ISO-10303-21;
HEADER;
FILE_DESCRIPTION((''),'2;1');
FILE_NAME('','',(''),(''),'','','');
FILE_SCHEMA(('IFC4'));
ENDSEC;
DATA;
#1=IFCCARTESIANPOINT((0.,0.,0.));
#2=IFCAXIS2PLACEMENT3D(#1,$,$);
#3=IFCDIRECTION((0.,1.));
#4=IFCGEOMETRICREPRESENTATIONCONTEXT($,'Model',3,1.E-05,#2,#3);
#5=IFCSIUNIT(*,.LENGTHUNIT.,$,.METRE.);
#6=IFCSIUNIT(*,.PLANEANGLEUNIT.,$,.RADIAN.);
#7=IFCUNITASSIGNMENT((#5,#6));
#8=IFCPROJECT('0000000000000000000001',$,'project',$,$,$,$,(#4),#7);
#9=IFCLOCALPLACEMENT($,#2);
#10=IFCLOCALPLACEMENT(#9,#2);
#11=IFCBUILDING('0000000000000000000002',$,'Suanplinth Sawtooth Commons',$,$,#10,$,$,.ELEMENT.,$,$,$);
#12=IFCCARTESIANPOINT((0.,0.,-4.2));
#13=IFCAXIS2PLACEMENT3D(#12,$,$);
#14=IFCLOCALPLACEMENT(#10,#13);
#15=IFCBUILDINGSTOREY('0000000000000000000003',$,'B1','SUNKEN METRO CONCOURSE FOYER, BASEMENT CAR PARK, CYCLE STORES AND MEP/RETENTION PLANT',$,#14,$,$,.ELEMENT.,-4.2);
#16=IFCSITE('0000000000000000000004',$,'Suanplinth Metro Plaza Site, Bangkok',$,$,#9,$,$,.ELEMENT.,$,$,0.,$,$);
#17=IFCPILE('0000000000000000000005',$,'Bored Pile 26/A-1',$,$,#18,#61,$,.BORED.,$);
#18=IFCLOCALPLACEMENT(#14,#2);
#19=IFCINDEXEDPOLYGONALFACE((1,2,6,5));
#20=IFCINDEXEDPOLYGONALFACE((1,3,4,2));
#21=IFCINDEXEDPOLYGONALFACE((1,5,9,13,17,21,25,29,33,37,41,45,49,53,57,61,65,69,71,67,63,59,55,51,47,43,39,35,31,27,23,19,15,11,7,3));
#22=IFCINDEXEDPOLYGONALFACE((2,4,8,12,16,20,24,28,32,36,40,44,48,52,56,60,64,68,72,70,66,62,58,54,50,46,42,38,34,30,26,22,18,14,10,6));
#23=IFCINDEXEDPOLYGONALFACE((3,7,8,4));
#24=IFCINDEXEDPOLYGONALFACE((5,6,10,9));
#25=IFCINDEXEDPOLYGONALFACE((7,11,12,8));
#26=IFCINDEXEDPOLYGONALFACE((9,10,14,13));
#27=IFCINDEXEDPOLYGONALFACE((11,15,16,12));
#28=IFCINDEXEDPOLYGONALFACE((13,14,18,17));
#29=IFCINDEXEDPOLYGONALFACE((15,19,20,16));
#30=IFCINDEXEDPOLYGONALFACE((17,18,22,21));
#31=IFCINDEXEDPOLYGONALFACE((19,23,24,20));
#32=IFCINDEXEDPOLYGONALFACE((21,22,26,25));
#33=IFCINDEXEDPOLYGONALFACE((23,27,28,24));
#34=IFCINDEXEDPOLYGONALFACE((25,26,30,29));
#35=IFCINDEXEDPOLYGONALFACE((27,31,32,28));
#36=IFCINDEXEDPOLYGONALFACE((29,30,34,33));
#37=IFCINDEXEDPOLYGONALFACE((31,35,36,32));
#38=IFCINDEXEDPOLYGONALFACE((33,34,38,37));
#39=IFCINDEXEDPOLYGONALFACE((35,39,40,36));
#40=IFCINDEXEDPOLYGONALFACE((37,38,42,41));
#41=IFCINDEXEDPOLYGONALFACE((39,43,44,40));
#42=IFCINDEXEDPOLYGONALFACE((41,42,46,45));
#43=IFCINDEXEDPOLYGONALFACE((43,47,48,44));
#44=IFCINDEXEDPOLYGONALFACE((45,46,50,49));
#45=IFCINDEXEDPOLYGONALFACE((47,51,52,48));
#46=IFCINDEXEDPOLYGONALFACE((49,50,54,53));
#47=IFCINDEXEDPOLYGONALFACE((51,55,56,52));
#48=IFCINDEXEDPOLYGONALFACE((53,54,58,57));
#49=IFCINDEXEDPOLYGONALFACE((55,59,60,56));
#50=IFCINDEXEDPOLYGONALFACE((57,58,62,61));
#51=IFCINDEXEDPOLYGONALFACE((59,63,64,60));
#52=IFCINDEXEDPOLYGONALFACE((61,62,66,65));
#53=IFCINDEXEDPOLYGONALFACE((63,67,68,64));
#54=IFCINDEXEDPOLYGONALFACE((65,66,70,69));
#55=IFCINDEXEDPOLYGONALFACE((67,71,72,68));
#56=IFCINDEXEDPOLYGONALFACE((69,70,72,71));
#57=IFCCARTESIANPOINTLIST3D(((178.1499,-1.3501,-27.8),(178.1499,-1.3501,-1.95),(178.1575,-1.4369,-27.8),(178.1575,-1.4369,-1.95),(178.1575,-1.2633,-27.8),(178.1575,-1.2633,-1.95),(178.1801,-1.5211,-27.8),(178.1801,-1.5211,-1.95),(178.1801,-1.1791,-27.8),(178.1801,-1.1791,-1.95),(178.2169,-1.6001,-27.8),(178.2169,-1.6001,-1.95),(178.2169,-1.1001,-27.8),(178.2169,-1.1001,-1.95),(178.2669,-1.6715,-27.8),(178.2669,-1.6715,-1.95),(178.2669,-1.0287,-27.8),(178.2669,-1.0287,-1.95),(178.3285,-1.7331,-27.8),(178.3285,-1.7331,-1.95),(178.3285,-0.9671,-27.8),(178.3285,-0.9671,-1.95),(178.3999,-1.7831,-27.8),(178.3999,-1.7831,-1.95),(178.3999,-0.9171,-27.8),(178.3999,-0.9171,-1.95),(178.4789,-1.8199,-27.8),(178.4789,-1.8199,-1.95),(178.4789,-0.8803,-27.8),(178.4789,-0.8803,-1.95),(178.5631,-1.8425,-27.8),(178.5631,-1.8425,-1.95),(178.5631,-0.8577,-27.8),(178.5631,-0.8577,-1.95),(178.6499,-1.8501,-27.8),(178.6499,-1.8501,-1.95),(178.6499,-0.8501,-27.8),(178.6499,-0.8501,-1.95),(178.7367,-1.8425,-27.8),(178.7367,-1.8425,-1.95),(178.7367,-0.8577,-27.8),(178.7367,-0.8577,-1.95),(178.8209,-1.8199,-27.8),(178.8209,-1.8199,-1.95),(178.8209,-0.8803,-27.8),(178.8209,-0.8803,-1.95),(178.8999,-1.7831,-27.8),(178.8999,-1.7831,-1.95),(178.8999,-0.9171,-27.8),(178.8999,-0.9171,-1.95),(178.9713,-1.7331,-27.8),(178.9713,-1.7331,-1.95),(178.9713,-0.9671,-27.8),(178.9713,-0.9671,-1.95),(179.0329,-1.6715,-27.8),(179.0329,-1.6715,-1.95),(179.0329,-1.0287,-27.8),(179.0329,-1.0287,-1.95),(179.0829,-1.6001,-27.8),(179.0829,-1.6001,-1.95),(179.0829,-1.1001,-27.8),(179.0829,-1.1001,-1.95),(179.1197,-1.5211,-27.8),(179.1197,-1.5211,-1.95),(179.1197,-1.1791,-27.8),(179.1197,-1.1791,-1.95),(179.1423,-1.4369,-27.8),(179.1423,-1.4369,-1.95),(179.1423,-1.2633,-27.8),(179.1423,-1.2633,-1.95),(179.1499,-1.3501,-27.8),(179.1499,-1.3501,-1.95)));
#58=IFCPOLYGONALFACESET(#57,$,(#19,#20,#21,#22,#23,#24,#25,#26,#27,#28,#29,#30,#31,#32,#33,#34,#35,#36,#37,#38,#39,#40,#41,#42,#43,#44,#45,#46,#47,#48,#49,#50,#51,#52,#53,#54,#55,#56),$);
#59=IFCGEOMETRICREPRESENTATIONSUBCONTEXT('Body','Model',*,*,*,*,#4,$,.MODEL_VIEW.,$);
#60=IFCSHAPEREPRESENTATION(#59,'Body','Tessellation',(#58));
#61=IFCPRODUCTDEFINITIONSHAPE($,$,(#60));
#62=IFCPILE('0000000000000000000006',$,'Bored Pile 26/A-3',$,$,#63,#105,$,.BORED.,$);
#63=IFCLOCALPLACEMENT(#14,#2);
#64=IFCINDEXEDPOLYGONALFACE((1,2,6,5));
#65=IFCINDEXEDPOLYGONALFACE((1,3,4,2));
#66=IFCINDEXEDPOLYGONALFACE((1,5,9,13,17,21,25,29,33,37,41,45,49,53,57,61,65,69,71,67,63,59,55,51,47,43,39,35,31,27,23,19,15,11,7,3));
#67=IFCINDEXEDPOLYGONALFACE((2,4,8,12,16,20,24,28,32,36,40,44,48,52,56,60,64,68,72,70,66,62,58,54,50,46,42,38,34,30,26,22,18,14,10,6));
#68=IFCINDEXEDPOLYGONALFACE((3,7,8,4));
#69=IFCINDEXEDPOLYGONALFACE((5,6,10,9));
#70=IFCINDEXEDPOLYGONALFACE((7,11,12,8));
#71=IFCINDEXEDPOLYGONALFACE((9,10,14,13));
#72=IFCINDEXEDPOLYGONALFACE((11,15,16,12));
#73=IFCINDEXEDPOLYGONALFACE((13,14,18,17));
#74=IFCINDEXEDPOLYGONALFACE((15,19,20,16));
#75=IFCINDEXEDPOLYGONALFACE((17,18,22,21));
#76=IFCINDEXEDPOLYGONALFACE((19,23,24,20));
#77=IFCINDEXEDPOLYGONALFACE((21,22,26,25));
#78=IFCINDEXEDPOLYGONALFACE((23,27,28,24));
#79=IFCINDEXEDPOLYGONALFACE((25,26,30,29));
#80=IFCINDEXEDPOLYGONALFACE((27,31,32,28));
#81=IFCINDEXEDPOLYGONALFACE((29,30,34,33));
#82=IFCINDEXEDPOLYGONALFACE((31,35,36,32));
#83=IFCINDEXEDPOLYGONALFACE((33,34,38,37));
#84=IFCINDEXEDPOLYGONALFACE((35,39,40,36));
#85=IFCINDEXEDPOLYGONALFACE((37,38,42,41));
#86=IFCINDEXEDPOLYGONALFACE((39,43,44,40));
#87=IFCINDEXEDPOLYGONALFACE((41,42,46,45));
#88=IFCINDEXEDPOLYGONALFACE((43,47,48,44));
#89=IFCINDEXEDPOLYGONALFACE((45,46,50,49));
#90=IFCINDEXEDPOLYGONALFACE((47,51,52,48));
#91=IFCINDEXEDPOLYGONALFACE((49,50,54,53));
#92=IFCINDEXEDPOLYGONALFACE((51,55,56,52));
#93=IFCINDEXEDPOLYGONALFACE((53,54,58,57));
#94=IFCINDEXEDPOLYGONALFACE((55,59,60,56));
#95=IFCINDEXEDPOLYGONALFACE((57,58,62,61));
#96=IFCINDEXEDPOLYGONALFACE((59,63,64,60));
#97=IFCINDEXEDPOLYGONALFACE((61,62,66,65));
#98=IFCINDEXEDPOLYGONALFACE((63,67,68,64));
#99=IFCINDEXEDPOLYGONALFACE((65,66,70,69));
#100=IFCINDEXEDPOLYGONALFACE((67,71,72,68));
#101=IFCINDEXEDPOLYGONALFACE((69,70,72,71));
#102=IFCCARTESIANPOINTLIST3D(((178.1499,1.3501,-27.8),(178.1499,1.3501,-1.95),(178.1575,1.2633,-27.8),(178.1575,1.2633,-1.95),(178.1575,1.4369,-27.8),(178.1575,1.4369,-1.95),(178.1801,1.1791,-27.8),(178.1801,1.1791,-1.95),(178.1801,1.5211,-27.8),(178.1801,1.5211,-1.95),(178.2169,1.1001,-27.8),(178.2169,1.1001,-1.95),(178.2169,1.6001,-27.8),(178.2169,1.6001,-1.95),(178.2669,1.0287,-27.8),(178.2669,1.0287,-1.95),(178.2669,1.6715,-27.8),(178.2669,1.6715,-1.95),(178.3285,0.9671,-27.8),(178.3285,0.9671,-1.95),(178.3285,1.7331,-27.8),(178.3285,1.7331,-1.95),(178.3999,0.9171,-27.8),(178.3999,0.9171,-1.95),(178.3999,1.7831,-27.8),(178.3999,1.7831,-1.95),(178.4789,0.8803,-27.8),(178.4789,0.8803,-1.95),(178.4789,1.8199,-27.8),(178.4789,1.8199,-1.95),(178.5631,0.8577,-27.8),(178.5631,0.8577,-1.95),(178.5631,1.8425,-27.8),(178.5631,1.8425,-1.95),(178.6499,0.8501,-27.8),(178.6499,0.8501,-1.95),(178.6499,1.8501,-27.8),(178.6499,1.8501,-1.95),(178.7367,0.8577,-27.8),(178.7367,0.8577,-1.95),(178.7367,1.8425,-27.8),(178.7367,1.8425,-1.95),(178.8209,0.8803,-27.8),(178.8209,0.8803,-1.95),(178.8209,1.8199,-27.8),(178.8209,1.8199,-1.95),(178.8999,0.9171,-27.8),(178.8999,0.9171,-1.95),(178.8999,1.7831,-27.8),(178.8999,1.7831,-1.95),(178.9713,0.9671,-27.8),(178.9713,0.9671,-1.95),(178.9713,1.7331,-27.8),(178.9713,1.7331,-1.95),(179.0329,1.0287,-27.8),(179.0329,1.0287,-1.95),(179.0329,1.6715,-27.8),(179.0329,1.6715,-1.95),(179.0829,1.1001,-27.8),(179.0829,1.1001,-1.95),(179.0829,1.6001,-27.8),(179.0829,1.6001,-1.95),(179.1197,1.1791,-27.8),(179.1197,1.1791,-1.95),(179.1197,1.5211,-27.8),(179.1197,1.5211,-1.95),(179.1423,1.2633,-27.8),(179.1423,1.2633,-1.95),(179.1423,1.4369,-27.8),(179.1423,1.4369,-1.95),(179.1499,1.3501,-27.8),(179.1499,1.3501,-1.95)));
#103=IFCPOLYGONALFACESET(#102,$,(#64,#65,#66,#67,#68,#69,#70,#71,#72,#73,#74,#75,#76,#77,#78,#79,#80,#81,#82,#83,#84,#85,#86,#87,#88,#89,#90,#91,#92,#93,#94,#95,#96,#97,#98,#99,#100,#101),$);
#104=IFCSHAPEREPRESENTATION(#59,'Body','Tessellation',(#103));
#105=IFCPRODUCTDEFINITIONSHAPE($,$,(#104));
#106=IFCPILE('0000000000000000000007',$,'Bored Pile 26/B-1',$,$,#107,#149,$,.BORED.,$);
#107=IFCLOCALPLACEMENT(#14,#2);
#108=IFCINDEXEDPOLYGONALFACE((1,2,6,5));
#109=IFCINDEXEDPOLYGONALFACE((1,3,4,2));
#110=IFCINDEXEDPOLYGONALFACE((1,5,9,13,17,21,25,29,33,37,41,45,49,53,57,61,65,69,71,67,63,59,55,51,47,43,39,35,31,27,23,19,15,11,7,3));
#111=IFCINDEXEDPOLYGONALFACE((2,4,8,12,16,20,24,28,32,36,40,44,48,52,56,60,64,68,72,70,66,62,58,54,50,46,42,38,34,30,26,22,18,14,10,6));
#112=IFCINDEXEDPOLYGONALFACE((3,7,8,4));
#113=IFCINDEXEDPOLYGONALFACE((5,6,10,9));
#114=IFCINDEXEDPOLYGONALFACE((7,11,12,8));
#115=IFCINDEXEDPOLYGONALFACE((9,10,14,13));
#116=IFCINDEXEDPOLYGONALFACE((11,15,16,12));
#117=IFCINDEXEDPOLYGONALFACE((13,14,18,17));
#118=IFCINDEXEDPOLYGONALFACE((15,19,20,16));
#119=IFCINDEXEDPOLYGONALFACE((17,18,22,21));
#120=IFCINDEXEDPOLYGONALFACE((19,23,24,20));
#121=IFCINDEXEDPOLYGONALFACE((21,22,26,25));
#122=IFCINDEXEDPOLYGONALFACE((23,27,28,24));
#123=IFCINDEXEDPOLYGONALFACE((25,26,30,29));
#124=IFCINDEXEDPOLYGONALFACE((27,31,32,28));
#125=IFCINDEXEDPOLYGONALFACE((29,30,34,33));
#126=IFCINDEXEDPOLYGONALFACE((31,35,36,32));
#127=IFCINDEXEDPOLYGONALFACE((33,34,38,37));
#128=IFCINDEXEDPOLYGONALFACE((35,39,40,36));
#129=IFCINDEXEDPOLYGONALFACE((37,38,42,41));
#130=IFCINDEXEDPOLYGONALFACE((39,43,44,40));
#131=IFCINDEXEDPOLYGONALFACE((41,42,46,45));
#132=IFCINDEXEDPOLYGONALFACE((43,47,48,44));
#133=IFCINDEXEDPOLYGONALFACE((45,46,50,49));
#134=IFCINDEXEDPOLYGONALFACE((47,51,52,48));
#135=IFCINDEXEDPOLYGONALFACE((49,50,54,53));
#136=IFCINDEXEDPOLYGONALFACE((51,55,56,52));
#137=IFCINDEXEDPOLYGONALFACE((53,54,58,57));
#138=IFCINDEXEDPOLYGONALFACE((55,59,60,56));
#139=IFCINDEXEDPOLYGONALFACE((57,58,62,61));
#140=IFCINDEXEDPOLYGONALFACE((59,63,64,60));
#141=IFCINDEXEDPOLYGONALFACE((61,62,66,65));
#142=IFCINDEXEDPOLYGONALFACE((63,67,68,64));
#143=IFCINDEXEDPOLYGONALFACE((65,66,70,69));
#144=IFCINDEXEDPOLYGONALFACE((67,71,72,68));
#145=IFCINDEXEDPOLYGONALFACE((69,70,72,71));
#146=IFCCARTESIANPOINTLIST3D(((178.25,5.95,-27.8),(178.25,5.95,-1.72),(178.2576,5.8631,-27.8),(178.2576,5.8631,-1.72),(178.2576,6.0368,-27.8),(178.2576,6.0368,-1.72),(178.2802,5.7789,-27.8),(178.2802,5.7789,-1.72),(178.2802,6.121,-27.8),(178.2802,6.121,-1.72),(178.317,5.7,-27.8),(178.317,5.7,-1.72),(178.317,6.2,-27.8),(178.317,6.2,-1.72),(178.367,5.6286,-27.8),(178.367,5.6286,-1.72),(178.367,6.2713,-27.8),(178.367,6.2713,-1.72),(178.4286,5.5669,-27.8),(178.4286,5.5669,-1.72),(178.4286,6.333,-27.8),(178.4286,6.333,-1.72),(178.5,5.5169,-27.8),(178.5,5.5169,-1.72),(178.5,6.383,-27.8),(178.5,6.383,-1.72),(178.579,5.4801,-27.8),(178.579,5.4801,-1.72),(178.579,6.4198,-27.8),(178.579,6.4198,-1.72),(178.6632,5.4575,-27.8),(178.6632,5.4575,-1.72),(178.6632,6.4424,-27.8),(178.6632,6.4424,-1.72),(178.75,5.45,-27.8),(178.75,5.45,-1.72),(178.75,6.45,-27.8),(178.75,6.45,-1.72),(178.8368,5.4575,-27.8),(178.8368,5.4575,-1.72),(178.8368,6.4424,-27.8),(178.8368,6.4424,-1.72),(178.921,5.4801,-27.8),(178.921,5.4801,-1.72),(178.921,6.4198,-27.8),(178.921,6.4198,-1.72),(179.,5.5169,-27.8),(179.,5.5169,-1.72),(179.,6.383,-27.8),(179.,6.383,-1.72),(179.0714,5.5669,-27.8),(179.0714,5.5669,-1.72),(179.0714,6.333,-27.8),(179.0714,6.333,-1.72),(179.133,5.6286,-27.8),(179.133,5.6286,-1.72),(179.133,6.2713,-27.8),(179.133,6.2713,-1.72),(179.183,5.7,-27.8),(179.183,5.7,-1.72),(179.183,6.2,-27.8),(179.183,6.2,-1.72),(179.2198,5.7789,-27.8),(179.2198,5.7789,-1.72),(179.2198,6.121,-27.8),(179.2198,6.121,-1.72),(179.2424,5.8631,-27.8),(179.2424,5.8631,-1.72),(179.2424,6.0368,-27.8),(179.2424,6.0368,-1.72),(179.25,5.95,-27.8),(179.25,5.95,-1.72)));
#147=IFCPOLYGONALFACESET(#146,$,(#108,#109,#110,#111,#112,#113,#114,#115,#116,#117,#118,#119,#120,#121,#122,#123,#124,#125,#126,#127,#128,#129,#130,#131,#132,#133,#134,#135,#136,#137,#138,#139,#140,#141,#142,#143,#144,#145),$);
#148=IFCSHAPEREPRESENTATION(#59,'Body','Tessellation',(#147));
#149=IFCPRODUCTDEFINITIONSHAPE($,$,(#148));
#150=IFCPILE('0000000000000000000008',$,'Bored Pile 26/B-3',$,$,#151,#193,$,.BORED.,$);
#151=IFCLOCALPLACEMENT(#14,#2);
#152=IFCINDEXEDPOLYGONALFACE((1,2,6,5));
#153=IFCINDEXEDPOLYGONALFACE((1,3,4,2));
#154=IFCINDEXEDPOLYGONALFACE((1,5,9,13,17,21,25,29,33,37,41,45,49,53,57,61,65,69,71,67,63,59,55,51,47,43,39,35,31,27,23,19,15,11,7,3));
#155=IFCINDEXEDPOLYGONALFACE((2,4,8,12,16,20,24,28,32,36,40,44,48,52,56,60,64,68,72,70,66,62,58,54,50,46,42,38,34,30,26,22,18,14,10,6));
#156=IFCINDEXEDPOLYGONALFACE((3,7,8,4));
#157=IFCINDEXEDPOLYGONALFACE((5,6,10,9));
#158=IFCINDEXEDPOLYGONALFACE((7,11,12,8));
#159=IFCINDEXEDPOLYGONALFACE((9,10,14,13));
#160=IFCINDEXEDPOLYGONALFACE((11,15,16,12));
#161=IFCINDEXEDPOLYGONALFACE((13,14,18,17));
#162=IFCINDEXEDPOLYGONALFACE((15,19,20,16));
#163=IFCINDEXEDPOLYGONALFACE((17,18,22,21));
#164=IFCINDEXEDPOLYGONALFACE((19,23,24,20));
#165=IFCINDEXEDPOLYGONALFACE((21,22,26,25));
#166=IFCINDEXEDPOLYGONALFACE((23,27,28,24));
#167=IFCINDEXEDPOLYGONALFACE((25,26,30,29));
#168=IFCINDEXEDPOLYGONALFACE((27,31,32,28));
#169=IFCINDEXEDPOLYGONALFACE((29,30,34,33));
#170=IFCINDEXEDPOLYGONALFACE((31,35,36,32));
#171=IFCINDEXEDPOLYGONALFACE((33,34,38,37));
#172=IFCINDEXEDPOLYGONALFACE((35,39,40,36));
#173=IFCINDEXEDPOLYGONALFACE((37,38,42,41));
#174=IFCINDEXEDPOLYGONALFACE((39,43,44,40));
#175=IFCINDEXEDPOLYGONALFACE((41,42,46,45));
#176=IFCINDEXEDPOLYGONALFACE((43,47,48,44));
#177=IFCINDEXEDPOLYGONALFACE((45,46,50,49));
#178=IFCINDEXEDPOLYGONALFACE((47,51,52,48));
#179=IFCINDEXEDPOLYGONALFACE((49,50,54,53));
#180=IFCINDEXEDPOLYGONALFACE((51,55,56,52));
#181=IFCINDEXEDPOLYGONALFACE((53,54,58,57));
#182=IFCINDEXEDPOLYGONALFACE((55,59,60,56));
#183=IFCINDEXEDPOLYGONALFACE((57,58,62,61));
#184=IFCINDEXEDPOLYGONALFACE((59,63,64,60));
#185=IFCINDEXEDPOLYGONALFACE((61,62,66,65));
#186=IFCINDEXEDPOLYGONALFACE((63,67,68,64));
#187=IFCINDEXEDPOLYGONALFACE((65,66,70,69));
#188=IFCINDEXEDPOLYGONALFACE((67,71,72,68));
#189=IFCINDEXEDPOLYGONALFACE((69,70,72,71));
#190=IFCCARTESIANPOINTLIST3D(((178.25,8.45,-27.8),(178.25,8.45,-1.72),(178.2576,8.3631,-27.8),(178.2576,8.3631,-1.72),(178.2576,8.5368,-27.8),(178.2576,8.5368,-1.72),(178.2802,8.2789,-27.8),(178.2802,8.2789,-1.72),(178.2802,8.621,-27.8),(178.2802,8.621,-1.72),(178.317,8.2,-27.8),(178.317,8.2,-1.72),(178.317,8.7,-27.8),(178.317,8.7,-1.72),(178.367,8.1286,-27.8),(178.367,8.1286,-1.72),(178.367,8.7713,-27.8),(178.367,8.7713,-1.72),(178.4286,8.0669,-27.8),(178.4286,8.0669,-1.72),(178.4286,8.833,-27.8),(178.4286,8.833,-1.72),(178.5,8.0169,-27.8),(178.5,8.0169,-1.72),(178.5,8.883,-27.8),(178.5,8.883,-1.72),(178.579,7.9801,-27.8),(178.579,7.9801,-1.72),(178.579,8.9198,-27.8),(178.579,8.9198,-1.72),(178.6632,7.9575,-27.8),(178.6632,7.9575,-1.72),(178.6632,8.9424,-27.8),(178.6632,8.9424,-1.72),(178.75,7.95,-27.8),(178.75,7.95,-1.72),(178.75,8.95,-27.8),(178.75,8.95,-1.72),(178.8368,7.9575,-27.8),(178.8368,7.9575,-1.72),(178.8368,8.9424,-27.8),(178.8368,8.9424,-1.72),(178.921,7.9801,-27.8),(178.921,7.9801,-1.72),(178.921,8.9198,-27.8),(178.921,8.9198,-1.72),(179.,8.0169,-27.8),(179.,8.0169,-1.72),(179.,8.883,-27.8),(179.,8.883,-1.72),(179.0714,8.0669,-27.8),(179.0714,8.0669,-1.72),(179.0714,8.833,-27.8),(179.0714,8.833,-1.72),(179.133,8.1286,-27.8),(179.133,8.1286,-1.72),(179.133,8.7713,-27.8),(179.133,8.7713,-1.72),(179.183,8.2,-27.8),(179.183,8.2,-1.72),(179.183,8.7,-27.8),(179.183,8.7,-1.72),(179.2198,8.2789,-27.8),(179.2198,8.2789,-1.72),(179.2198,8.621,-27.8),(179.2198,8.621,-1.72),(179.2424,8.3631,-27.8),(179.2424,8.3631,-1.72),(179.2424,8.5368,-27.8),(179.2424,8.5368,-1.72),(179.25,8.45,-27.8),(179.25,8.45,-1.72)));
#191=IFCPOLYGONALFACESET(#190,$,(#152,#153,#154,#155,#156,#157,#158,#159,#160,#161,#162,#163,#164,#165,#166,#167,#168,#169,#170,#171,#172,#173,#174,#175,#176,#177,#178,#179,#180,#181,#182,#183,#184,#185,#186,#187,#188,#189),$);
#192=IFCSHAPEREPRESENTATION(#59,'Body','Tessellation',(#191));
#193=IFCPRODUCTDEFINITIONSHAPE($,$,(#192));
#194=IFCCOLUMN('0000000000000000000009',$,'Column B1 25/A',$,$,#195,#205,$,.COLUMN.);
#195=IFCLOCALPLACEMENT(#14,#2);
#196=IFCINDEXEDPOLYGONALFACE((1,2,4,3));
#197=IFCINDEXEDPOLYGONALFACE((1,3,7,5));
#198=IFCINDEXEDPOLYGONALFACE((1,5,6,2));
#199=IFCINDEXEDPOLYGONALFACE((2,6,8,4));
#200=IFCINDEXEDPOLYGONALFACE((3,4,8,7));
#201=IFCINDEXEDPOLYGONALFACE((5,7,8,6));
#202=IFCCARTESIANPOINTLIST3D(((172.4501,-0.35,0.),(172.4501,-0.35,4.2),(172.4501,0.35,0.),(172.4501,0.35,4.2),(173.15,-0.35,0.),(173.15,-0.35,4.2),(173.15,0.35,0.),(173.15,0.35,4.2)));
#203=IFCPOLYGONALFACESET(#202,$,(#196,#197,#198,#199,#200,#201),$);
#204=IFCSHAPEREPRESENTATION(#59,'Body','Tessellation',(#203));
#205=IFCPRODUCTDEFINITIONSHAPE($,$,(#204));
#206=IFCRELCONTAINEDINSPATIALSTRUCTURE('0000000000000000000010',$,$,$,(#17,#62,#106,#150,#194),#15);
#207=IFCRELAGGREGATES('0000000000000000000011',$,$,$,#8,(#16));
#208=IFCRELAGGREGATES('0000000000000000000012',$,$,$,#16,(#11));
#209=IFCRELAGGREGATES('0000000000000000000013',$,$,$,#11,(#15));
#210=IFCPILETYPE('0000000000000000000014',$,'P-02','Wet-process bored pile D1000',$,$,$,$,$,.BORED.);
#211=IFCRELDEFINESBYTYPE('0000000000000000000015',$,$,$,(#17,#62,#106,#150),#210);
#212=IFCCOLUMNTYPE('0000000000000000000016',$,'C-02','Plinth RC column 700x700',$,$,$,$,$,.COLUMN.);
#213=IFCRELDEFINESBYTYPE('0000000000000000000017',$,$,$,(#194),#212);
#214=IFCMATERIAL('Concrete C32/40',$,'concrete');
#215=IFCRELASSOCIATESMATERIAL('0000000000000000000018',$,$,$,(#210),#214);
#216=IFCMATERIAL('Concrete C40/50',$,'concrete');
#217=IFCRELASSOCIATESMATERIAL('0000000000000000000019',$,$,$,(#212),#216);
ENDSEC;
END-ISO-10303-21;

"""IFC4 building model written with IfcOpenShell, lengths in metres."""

from ifc_helpers import new_model, si_unit, direction, frame, origin, origin_2d, place, context, subcontext, project, spatial, rectangle, circle, extrude, material, material_profile, profile_set, type_object, element, save


model = new_model("IFC4")

# Units and contexts
model_context = context("Model", 3, precision=1e-05, world=origin(), true_north=direction((0.0, 1.0)))
body_context = subcontext(model_context, "Body", "Model", "MODEL_VIEW")
ifc_project = project(units=[si_unit("LENGTHUNIT", "METRE"), si_unit("PLANEANGLEUNIT", "RADIAN")], contexts=[model_context])

# Site, building, storey
site_placement = place(None, origin())
site = spatial("IfcSite", under=ifc_project, at=site_placement, Name="Suanplinth Metro Plaza Site, Bangkok", CompositionType="ELEMENT", RefElevation=0.0)
building_placement = place(site_placement, origin())
building = spatial("IfcBuilding", under=site, at=building_placement, Name="Suanplinth Sawtooth Commons", CompositionType="ELEMENT")
storey_placement = place(building_placement, frame((0.0, 0.0, -4.2)))
storey = spatial("IfcBuildingStorey", under=building, at=storey_placement, Name="B1", Description="SUNKEN METRO CONCOURSE FOYER, BASEMENT CAR PARK, CYCLE STORES AND MEP/RETENTION PLANT", CompositionType="ELEMENT", Elevation=-4.2)

# Piles
ifc_material_1 = material(Name="Concrete C32/40", Category="concrete")
ifc_material_profile_1 = material_profile(ifc_material_1, circle(Radius=0.5, at=origin_2d()), Name="PILE D1000")
ifc_profile_set_1 = profile_set([ifc_material_profile_1], Name="Concrete C32/40")
pile_type = type_object("IfcPileType", Name="P-02", Description="Wet-process bored pile D1000", PredefinedType="BORED", material=ifc_profile_set_1)
for number, where, z_axis, x_axis, name in (
    (1, (178.6499, -1.3501, -1.95), (0.0, 0.0, -1.0), (1.0, 0.0, 0.0), "Bored Pile 26/A-1"),
    (2, (178.6499, 1.3501, -1.95), (0.0, 0.0, -1.0), (1.0, 0.0, 0.0), "Bored Pile 26/A-3"),
):
    element("IfcPile", number, at=place(storey_placement, frame(where, z_axis=z_axis, x_axis=x_axis)), inside=storey, type_object=pile_type, Name=name, PredefinedType="BORED", context=body_context, shape_type="SweptSolid", body=[
        extrude(circle(Radius=0.5, at=origin_2d()), origin(), (0.0, 0.0, 1.0), 25.8501),
    ])
for number, where, z_axis, x_axis, name in (
    (3, (178.75, 5.95, -1.72), (0.0, 0.0, -1.0), (1.0, 0.0, 0.0), "Bored Pile 26/B-1"),
    (4, (178.75, 8.45, -1.72), (0.0, 0.0, -1.0), (1.0, 0.0, 0.0), "Bored Pile 26/B-3"),
):
    element("IfcPile", number, at=place(storey_placement, frame(where, z_axis=z_axis, x_axis=x_axis)), inside=storey, type_object=pile_type, Name=name, PredefinedType="BORED", context=body_context, shape_type="SweptSolid", body=[
        extrude(circle(Radius=0.5, at=origin_2d()), origin(), (0.0, 0.0, 1.0), 26.0801),
    ])

# Column
ifc_material_2 = material(Name="Concrete C40/50", Category="concrete")
ifc_material_profile_2 = material_profile(ifc_material_2, rectangle(XDim=0.7, YDim=0.7, at=origin_2d()), Name="RC-COL 700x700")
ifc_profile_set_2 = profile_set([ifc_material_profile_2], Name="Concrete C40/50")
column_type = type_object("IfcColumnType", Name="C-02", Description="Plinth RC column 700x700", PredefinedType="COLUMN", material=ifc_profile_set_2)
for number, where, z_axis, x_axis, name in (
    (5, (172.8, 0.0, 0.0), (0.0, 0.0, 1.0), (1.0, 0.0, 0.0), "Column B1 25/A"),
):
    element("IfcColumn", number, at=place(storey_placement, frame(where, z_axis=z_axis, x_axis=x_axis)), inside=storey, type_object=column_type, Name=name, PredefinedType="COLUMN", context=body_context, shape_type="SweptSolid", body=[
        extrude(rectangle(XDim=0.7, YDim=0.7, at=origin_2d()), origin(), (0.0, 0.0, 1.0), 4.2),
    ])

save(model, "model.ifc")
